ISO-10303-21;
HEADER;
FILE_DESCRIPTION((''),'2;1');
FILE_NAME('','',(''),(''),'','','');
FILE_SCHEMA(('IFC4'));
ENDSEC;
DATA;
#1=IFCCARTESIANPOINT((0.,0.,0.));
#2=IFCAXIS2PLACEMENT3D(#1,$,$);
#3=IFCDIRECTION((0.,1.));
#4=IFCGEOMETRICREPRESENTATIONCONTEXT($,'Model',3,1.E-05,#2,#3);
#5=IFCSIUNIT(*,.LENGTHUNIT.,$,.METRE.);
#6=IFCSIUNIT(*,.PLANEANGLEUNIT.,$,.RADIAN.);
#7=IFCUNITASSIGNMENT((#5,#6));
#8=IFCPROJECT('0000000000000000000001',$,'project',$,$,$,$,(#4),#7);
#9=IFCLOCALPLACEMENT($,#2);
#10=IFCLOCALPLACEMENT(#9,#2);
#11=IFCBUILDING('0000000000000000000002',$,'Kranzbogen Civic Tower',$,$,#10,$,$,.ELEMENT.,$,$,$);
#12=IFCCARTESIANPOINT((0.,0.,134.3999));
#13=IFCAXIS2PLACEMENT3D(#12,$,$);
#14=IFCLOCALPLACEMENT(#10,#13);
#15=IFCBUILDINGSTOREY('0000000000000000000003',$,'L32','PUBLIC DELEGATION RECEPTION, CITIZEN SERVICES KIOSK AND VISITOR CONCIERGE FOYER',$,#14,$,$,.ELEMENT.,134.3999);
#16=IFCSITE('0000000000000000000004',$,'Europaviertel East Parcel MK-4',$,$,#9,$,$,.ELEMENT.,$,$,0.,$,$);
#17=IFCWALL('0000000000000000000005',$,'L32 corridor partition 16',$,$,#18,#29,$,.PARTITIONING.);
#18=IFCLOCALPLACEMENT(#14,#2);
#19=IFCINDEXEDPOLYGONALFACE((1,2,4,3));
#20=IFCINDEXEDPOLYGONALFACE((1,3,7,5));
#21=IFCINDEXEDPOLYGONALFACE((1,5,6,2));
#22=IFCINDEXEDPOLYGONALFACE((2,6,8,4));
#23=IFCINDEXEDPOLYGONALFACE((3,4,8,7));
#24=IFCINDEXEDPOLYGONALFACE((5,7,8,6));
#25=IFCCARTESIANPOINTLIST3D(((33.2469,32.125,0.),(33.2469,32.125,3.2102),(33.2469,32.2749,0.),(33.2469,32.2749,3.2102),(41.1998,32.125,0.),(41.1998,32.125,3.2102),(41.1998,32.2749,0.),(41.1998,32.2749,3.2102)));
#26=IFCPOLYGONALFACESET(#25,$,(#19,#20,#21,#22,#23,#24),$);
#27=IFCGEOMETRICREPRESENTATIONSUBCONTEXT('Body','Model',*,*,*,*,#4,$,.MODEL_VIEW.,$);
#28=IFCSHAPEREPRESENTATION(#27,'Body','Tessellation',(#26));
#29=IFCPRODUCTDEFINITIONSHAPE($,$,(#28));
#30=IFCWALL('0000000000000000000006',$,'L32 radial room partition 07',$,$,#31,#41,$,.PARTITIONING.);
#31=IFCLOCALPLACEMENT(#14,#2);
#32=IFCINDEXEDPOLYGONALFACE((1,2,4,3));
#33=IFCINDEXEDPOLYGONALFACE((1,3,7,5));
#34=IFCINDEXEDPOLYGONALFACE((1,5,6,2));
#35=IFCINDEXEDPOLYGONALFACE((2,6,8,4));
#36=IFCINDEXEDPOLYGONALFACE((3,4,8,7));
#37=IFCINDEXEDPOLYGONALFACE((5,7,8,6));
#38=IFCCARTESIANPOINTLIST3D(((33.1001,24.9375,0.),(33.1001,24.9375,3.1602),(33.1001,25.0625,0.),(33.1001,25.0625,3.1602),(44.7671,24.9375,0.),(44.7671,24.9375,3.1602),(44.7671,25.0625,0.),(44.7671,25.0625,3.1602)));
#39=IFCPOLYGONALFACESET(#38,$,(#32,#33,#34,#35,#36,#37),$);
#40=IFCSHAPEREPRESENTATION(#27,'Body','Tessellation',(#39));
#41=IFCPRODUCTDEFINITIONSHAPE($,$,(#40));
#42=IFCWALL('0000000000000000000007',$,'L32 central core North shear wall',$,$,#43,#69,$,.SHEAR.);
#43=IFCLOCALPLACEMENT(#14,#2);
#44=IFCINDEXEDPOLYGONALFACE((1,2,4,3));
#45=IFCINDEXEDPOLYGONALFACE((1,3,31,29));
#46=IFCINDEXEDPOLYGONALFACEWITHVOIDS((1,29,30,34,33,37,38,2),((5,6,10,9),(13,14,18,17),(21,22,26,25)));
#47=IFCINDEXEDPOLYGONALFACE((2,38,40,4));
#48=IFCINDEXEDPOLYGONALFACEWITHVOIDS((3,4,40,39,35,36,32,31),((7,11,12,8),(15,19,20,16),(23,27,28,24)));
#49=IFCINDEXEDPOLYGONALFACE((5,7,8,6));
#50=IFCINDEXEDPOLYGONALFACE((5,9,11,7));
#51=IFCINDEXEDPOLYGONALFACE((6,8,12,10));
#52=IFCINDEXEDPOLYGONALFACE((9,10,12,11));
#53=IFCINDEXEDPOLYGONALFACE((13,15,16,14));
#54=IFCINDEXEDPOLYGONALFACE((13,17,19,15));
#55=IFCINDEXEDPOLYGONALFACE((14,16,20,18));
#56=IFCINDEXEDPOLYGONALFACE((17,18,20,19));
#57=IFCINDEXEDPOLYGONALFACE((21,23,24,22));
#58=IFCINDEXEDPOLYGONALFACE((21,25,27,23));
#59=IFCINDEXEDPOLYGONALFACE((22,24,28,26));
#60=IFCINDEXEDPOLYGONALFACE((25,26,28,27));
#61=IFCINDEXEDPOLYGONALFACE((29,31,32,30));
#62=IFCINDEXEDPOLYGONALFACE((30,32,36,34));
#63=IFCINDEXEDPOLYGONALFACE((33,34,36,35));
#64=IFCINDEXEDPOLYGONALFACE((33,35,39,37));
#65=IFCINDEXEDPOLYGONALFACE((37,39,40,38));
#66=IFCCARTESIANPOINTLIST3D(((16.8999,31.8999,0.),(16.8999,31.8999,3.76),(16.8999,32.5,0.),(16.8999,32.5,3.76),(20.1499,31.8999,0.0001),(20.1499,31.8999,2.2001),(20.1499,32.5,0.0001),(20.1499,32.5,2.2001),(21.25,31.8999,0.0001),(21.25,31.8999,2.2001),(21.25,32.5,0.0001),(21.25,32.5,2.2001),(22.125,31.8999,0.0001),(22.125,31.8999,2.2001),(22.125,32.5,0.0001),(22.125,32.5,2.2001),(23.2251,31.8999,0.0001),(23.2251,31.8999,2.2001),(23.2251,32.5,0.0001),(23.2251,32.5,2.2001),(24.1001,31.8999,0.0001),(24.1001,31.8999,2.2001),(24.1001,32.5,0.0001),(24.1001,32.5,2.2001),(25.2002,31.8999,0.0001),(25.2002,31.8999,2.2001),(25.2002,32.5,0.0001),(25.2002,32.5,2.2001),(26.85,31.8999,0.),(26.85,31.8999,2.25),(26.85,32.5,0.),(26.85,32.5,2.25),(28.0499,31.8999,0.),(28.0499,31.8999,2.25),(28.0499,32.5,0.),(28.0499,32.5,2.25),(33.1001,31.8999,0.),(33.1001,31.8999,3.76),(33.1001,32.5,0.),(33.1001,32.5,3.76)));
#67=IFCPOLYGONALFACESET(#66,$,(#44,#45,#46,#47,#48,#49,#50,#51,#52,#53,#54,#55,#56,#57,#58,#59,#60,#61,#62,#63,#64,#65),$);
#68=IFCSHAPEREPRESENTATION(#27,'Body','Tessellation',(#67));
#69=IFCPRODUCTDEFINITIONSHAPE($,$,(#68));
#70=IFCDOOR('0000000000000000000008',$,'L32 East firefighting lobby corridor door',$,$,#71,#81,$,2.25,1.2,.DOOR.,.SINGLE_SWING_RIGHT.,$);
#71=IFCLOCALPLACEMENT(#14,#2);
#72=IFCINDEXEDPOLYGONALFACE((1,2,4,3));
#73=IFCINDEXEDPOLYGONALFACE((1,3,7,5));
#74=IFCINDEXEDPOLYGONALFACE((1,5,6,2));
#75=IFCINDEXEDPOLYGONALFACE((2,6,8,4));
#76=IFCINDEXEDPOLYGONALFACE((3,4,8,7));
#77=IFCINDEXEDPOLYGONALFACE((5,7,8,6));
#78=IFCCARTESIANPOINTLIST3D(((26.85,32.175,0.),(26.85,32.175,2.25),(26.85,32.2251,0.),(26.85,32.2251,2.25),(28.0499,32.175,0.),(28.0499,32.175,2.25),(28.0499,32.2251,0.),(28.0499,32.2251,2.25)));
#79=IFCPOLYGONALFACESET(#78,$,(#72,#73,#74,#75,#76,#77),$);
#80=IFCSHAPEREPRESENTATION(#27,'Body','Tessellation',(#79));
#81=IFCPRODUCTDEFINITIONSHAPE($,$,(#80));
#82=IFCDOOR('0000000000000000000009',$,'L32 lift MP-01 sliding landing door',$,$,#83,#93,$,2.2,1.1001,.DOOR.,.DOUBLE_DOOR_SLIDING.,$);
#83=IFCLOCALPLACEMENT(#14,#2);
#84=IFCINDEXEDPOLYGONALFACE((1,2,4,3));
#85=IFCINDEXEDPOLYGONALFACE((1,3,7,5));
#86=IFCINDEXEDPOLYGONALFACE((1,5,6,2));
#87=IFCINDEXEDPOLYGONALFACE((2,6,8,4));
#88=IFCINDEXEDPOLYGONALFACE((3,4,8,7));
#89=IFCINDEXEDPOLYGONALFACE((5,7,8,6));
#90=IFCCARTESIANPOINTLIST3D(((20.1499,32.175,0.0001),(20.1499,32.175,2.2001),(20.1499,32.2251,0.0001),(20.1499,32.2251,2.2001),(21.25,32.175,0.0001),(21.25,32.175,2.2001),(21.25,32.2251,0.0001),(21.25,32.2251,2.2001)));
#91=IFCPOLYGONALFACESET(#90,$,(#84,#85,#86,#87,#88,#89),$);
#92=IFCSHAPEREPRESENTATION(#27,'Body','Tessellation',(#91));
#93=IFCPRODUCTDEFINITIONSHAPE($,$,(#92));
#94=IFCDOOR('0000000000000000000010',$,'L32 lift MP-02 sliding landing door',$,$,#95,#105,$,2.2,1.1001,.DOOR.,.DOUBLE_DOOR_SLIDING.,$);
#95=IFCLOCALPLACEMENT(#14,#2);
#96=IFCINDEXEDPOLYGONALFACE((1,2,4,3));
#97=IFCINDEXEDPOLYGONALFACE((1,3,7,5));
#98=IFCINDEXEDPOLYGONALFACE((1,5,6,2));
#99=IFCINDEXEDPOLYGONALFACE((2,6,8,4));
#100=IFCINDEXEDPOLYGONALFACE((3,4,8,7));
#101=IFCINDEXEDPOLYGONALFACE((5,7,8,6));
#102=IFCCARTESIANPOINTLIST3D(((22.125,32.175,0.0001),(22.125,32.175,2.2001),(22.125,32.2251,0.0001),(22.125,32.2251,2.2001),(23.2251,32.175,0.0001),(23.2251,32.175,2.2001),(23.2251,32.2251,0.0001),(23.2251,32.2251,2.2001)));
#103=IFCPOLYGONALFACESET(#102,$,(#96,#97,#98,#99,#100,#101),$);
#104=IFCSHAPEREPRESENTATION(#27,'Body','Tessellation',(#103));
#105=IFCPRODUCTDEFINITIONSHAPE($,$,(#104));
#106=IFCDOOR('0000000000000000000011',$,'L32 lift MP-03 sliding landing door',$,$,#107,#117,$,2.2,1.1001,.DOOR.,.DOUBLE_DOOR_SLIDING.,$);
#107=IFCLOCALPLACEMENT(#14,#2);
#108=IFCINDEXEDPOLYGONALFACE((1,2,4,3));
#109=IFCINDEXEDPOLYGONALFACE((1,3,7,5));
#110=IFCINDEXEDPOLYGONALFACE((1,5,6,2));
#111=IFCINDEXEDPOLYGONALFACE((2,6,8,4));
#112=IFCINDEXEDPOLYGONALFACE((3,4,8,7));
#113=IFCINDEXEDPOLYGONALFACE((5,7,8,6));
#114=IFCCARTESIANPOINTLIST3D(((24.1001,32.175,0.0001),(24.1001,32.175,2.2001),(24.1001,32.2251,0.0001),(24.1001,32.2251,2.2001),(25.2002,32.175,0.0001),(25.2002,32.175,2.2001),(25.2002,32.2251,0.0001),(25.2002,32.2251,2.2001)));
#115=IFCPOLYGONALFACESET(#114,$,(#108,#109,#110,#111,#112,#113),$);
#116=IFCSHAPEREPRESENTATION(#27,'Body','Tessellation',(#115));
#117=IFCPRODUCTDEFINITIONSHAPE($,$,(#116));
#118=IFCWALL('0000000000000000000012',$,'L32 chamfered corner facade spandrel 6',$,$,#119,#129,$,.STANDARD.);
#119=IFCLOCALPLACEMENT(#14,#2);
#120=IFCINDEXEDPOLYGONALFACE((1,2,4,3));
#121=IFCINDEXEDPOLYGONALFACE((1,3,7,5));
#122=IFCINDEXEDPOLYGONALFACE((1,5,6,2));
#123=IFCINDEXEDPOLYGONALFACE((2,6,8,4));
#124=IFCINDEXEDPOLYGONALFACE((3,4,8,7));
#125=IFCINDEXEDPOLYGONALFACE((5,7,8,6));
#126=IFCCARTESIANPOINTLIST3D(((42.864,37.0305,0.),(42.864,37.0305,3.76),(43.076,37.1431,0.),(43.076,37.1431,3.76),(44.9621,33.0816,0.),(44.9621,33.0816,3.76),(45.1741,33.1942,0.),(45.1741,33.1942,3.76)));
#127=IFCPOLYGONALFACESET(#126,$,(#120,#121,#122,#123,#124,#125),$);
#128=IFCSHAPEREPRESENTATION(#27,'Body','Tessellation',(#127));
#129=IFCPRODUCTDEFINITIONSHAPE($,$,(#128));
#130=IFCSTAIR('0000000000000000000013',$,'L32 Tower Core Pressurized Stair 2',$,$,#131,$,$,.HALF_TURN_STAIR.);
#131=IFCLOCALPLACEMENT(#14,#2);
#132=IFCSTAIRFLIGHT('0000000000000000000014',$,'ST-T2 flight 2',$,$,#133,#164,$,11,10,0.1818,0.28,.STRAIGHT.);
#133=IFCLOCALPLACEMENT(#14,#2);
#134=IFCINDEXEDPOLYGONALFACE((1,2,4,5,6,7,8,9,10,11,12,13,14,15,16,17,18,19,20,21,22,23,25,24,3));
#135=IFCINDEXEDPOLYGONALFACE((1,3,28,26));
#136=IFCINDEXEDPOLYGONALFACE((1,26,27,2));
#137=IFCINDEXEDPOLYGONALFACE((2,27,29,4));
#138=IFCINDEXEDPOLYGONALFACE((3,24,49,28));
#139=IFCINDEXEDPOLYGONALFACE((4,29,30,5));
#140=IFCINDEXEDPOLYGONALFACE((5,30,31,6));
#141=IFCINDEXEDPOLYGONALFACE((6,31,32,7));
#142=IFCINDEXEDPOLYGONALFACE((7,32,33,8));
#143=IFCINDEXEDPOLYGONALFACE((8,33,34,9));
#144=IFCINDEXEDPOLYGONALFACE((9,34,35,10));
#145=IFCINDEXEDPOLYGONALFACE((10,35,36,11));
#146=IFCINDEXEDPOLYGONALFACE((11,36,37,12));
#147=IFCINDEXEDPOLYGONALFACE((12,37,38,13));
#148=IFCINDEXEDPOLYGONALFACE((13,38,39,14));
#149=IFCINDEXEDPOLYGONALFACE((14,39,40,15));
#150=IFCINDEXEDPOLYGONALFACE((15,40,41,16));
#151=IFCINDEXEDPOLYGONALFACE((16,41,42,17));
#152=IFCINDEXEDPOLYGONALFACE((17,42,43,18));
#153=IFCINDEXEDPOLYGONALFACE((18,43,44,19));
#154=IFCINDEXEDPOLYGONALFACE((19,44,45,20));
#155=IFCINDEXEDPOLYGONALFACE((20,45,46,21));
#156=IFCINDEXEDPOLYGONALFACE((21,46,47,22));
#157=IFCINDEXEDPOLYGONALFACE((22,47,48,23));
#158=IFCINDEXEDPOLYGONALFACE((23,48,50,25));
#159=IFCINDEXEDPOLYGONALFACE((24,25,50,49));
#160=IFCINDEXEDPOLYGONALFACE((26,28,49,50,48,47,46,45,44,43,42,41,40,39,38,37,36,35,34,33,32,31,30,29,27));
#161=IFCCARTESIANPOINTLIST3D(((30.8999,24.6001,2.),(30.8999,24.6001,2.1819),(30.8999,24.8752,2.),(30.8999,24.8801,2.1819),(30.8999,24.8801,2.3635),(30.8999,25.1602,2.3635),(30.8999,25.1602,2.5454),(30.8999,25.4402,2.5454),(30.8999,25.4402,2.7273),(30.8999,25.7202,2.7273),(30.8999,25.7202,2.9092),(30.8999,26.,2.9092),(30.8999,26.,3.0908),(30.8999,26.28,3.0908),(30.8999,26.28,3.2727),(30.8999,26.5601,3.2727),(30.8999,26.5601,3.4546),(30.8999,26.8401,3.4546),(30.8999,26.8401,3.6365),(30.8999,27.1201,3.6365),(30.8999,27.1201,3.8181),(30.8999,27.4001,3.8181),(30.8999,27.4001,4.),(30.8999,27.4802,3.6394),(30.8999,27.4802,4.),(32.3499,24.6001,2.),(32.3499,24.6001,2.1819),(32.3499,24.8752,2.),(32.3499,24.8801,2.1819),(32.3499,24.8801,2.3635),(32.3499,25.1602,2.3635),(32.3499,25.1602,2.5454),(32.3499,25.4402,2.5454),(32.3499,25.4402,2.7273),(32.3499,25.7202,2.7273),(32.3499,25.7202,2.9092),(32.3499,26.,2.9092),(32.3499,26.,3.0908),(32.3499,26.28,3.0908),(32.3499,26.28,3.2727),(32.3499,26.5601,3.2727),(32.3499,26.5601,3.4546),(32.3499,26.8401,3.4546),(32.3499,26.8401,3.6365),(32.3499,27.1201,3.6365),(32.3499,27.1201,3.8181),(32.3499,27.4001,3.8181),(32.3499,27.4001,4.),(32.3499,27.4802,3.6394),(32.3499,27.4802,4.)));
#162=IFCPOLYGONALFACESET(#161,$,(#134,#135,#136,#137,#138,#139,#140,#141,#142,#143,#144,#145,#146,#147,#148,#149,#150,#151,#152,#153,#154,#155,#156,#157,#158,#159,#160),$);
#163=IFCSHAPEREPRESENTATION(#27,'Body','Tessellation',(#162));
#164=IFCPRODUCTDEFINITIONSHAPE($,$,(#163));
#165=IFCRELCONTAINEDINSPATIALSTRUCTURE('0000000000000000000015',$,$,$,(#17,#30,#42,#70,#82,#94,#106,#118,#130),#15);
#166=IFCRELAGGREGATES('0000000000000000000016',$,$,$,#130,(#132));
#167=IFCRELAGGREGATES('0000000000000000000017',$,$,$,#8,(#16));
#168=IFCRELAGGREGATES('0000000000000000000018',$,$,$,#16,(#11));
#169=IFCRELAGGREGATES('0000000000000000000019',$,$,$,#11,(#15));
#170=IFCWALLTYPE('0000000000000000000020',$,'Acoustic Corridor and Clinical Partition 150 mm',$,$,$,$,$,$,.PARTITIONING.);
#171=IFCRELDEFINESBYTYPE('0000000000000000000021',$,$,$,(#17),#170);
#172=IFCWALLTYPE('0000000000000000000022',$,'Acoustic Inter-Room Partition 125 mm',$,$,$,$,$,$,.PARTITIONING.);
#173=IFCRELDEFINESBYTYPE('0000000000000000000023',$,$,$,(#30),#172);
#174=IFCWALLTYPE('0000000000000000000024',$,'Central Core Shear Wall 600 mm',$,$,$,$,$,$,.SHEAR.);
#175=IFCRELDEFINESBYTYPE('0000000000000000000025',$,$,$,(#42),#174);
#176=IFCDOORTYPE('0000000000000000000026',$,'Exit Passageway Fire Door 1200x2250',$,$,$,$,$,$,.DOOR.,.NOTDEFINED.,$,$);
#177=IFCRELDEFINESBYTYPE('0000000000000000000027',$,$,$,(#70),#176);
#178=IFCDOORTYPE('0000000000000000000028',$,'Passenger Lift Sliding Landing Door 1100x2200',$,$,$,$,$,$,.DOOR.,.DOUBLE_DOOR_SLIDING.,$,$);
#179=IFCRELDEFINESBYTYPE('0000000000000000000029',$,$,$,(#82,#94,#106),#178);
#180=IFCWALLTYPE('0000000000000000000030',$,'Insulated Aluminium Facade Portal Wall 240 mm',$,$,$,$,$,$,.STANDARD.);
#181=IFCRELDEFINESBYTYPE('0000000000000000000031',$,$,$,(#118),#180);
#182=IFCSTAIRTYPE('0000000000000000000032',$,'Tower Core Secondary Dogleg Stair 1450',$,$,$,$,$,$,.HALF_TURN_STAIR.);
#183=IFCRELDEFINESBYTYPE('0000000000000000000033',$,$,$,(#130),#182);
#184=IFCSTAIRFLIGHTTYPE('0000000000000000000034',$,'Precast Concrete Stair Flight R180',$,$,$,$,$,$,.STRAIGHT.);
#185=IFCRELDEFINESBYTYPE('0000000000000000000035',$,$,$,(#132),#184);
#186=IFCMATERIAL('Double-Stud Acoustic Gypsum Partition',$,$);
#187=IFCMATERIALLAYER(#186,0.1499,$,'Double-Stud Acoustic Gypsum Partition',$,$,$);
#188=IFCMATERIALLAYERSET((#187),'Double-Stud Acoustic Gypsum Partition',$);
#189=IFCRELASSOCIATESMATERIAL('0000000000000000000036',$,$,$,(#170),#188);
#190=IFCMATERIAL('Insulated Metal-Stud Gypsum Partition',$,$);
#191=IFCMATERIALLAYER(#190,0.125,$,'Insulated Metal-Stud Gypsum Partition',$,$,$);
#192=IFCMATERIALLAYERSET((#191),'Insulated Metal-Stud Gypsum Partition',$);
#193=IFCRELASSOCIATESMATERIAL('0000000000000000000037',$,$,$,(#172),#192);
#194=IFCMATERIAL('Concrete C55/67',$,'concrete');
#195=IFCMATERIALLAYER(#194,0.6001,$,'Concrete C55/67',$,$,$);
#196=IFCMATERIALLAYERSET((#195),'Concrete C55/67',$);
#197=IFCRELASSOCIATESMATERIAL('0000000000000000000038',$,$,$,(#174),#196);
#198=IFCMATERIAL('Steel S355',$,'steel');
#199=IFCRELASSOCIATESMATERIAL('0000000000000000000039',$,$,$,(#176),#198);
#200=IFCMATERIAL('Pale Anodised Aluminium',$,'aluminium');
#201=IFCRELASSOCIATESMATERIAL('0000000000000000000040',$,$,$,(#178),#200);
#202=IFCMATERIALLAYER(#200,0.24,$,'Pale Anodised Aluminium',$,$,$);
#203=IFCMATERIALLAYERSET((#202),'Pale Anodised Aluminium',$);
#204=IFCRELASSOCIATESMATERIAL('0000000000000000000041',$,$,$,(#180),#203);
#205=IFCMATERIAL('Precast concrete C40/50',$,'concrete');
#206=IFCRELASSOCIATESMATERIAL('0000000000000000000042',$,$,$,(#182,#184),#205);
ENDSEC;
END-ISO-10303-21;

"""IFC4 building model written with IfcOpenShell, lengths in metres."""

from ifc_helpers import new_model, si_unit, direction, frame, frame_2d, origin, place, context, subcontext, project, spatial, polyline, rectangle, outline, extrude, material, layer, layer_set, type_object, element, fill, aggregate, save


model = new_model("IFC4")

# Units and contexts
model_context = context("Model", 3, precision=1e-05, world=origin(), true_north=direction((0.0, 1.0)))
body_context = subcontext(model_context, "Body", "Model", "MODEL_VIEW")
ifc_project = project(units=[si_unit("LENGTHUNIT", "METRE"), si_unit("PLANEANGLEUNIT", "RADIAN")], contexts=[model_context])

# Site, building, storey
site_placement = place(None, origin())
site = spatial("IfcSite", under=ifc_project, at=site_placement, Name="Europaviertel East Parcel MK-4", CompositionType="ELEMENT", RefElevation=0.0)
building_placement = place(site_placement, origin())
building = spatial("IfcBuilding", under=site, at=building_placement, Name="Kranzbogen Civic Tower", CompositionType="ELEMENT")
storey_placement = place(building_placement, frame((0.0, 0.0, 134.3999)))
storey = spatial("IfcBuildingStorey", under=building, at=storey_placement, Name="L32", Description="PUBLIC DELEGATION RECEPTION, CITIZEN SERVICES KIOSK AND VISITOR CONCIERGE FOYER", CompositionType="ELEMENT", Elevation=134.3999)

# Shared definitions
ifc_material_1 = material(Name="Pale Anodised Aluminium", Category="aluminium")

# Shared definitions
ifc_material_2 = material(Name="Steel S355", Category="steel")

# Walls
ifc_material_3 = material(Name="Double-Stud Acoustic Gypsum Partition")
ifc_layer_1 = layer(ifc_material_3, 0.1499, Name="Double-Stud Acoustic Gypsum Partition")
ifc_layer_set_1 = layer_set([ifc_layer_1], Name="Double-Stud Acoustic Gypsum Partition")
wall_type_1 = type_object("IfcWallType", Name="Acoustic Corridor and Clinical Partition 150 mm", PredefinedType="PARTITIONING", material=ifc_layer_set_1)
wall_1_placement = place(storey_placement, frame((41.2, 32.2, 0.0), z_axis=(0.0, 0.0, 1.0), x_axis=(-1.0, 0.0, 0.0)))
element("IfcWall", 1, at=wall_1_placement, inside=storey, type_object=wall_type_1, Name="L32 corridor partition 16", PredefinedType="PARTITIONING", context=body_context, shape_type="SweptSolid", body=[
    extrude(rectangle(XDim=7.9529, YDim=0.1499, at=frame_2d((3.9766, 0.0))), origin(), (0.0, 0.0, 1.0), 3.2102),
])
ifc_material_4 = material(Name="Insulated Metal-Stud Gypsum Partition")
ifc_layer_2 = layer(ifc_material_4, 0.125, Name="Insulated Metal-Stud Gypsum Partition")
ifc_layer_set_2 = layer_set([ifc_layer_2], Name="Insulated Metal-Stud Gypsum Partition")
wall_type_2 = type_object("IfcWallType", Name="Acoustic Inter-Room Partition 125 mm", PredefinedType="PARTITIONING", material=ifc_layer_set_2)
wall_2_placement = place(storey_placement, frame((33.1001, 25.0, 0.0), z_axis=(0.0, 0.0, 1.0), x_axis=(1.0, 0.0, 0.0)))
element("IfcWall", 2, at=wall_2_placement, inside=storey, type_object=wall_type_2, Name="L32 radial room partition 07", PredefinedType="PARTITIONING", context=body_context, shape_type="SweptSolid", body=[
    extrude(rectangle(XDim=11.667, YDim=0.125, at=frame_2d((5.8335, 0.0))), origin(), (0.0, 0.0, 1.0), 3.1602),
])

# Wall, openings, doors
ifc_material_5 = material(Name="Concrete C55/67", Category="concrete")
ifc_layer_3 = layer(ifc_material_5, 0.6001, Name="Concrete C55/67")
ifc_layer_set_3 = layer_set([ifc_layer_3], Name="Concrete C55/67")
wall_type_3 = type_object("IfcWallType", Name="Central Core Shear Wall 600 mm", PredefinedType="SHEAR", material=ifc_layer_set_3)
wall_3_placement = place(storey_placement, frame((33.1001, 32.2, 0.0), z_axis=(0.0, 0.0, 1.0), x_axis=(-1.0, 0.0, 0.0)))
wall_3 = element("IfcWall", 3, at=wall_3_placement, inside=storey, type_object=wall_type_3, Name="L32 central core North shear wall", PredefinedType="SHEAR", context=body_context, shape_type="SweptSolid", body=[
    extrude(rectangle(XDim=16.2002, YDim=0.6001, at=frame_2d((8.1001, 0.0))), origin(), (0.0, 0.0, 1.0), 3.76),
])
opening_1_placement = place(wall_3_placement, frame((5.05, 0.0, 0.0)))
opening_1 = element("IfcOpeningElement", 4, at=opening_1_placement, cuts=wall_3, PredefinedType="OPENING", context=body_context, shape_type="SweptSolid", body=[
    extrude(rectangle(XDim=1.2, YDim=2.25, at=frame_2d((0.6001, 1.125))), frame((0.0, 0.3101, 0.0), z_axis=(0.0, -1.0, 0.0), x_axis=(1.0, 0.0, 0.0)), (0.0, 0.0, 1.0), 0.6201),
])
opening_2_placement = place(wall_3_placement, frame((11.8501, 0.0, 0.0)))
opening_2 = element("IfcOpeningElement", 5, at=opening_2_placement, cuts=wall_3, PredefinedType="OPENING", context=body_context, shape_type="SweptSolid", body=[
    extrude(rectangle(XDim=1.1001, YDim=2.2, at=frame_2d((0.55, 1.1001))), frame((0.0, 0.3101, 0.0), z_axis=(0.0, -1.0, 0.0), x_axis=(1.0, 0.0, 0.0)), (0.0, 0.0, 1.0), 0.6201),
])
opening_3_placement = place(wall_3_placement, frame((9.875, 0.0, 0.0)))
opening_3 = element("IfcOpeningElement", 6, at=opening_3_placement, cuts=wall_3, PredefinedType="OPENING", context=body_context, shape_type="SweptSolid", body=[
    extrude(rectangle(XDim=1.1001, YDim=2.2, at=frame_2d((0.55, 1.1001))), frame((0.0, 0.3101, 0.0), z_axis=(0.0, -1.0, 0.0), x_axis=(1.0, 0.0, 0.0)), (0.0, 0.0, 1.0), 0.6201),
])
opening_4_placement = place(wall_3_placement, frame((7.8999, 0.0, 0.0)))
opening_4 = element("IfcOpeningElement", 7, at=opening_4_placement, cuts=wall_3, PredefinedType="OPENING", context=body_context, shape_type="SweptSolid", body=[
    extrude(rectangle(XDim=1.1001, YDim=2.2, at=frame_2d((0.55, 1.1001))), frame((0.0, 0.3101, 0.0), z_axis=(0.0, -1.0, 0.0), x_axis=(1.0, 0.0, 0.0)), (0.0, 0.0, 1.0), 0.6201),
])
door_type_1 = type_object("IfcDoorType", Name="Exit Passageway Fire Door 1200x2250", OperationType="NOTDEFINED", PredefinedType="DOOR", material=ifc_material_2)
door_1_placement = place(opening_1_placement, origin())
door_1 = element("IfcDoor", 8, at=door_1_placement, inside=storey, type_object=door_type_1, Name="L32 East firefighting lobby corridor door", OperationType="SINGLE_SWING_RIGHT", OverallHeight=2.25, OverallWidth=1.2, PredefinedType="DOOR", context=body_context, shape_type="SweptSolid", body=[
    extrude(rectangle(XDim=1.2, YDim=2.25, at=frame_2d((0.6001, 1.125))), frame((0.0, 0.0249, 0.0), z_axis=(0.0, -1.0, 0.0), x_axis=(1.0, 0.0, 0.0)), (0.0, 0.0, 1.0), 0.05),
])
fill(opening_1, door_1)
door_type_2 = type_object("IfcDoorType", Name="Passenger Lift Sliding Landing Door 1100x2200", OperationType="DOUBLE_DOOR_SLIDING", PredefinedType="DOOR", material=ifc_material_1)
door_2_placement = place(opening_2_placement, origin())
door_2 = element("IfcDoor", 9, at=door_2_placement, inside=storey, type_object=door_type_2, Name="L32 lift MP-01 sliding landing door", OperationType="DOUBLE_DOOR_SLIDING", OverallHeight=2.2, OverallWidth=1.1001, PredefinedType="DOOR", context=body_context, shape_type="SweptSolid", body=[
    extrude(rectangle(XDim=1.1001, YDim=2.2, at=frame_2d((0.55, 1.1001))), frame((0.0, 0.0249, 0.0), z_axis=(0.0, -1.0, 0.0), x_axis=(1.0, 0.0, 0.0)), (0.0, 0.0, 1.0), 0.05),
])
fill(opening_2, door_2)
door_3_placement = place(opening_3_placement, origin())
door_3 = element("IfcDoor", 10, at=door_3_placement, inside=storey, type_object=door_type_2, Name="L32 lift MP-02 sliding landing door", OperationType="DOUBLE_DOOR_SLIDING", OverallHeight=2.2, OverallWidth=1.1001, PredefinedType="DOOR", context=body_context, shape_type="SweptSolid", body=[
    extrude(rectangle(XDim=1.1001, YDim=2.2, at=frame_2d((0.55, 1.1001))), frame((0.0, 0.0249, 0.0), z_axis=(0.0, -1.0, 0.0), x_axis=(1.0, 0.0, 0.0)), (0.0, 0.0, 1.0), 0.05),
])
fill(opening_3, door_3)
door_4_placement = place(opening_4_placement, origin())
door_4 = element("IfcDoor", 11, at=door_4_placement, inside=storey, type_object=door_type_2, Name="L32 lift MP-03 sliding landing door", OperationType="DOUBLE_DOOR_SLIDING", OverallHeight=2.2, OverallWidth=1.1001, PredefinedType="DOOR", context=body_context, shape_type="SweptSolid", body=[
    extrude(rectangle(XDim=1.1001, YDim=2.2, at=frame_2d((0.55, 1.1001))), frame((0.0, 0.0249, 0.0), z_axis=(0.0, -1.0, 0.0), x_axis=(1.0, 0.0, 0.0)), (0.0, 0.0, 1.0), 0.05),
])
fill(opening_4, door_4)

# Wall
ifc_layer_4 = layer(ifc_material_1, 0.24, Name="Pale Anodised Aluminium")
ifc_layer_set_4 = layer_set([ifc_layer_4], Name="Pale Anodised Aluminium")
wall_type_4 = type_object("IfcWallType", Name="Insulated Aluminium Facade Portal Wall 240 mm", PredefinedType="STANDARD", material=ifc_layer_set_4)
wall_4_placement = place(storey_placement, frame((45.0681, 33.1379, 0.0), z_axis=(0.0, 0.0, 1.0), x_axis=(-0.469199, 0.883092, 0.0)))
element("IfcWall", 12, at=wall_4_placement, inside=storey, type_object=wall_type_4, Name="L32 chamfered corner facade spandrel 6", PredefinedType="STANDARD", context=body_context, shape_type="SweptSolid", body=[
    extrude(rectangle(XDim=4.4717, YDim=0.24, at=frame_2d((2.2358, 0.0))), origin(), (0.0, 0.0, 1.0), 3.76),
])

# Stair, stair flight
ifc_material_6 = material(Name="Precast concrete C40/50", Category="concrete")
stair_type = type_object("IfcStairType", Name="Tower Core Secondary Dogleg Stair 1450", PredefinedType="HALF_TURN_STAIR", material=ifc_material_6)
stair_placement = place(storey_placement, origin())
stair = element("IfcStair", 13, at=stair_placement, inside=storey, type_object=stair_type, Name="L32 Tower Core Pressurized Stair 2", PredefinedType="HALF_TURN_STAIR")
stair_flight_type = type_object("IfcStairFlightType", Name="Precast Concrete Stair Flight R180", PredefinedType="STRAIGHT", material=ifc_material_6)
stair_flight_placement = place(storey_placement, frame((31.625, 24.6001, 2.0), z_axis=(0.0, 0.0, 1.0), x_axis=(0.0, 1.0, 0.0)))
stair_flight = element("IfcStairFlight", 14, at=stair_flight_placement, type_object=stair_flight_type, Name="ST-T2 flight 2", NumberOfRisers=11, NumberOfTreads=10, PredefinedType="STRAIGHT", RiserHeight=0.1818, TreadLength=0.28, context=body_context, shape_type="SweptSolid", body=[
    extrude(outline(polyline([(0.0, 0.0), (0.0, 0.1819), (0.28, 0.1819), (0.28, 0.3635), (0.5601, 0.3635), (0.5601, 0.5454), (0.8401, 0.5454), (0.8401, 0.7273), (1.1201, 0.7273), (1.1201, 0.9092), (1.3999, 0.9092), (1.3999, 1.0908), (1.6799, 1.0908), (1.6799, 1.2727), (1.96, 1.2727), (1.96, 1.4546), (2.24, 1.4546), (2.24, 1.6365), (2.52, 1.6365), (2.52, 1.8181), (2.8, 1.8181), (2.8, 2.0), (2.8801, 2.0), (2.8801, 1.6394), (0.2751, 0.0), (0.0, 0.0)])), frame((0.0, 0.7251, 0.0), z_axis=(0.0, -1.0, 0.0), x_axis=(1.0, 0.0, 0.0)), (0.0, 0.0, 1.0), 1.45),
])
aggregate(stair, [stair_flight])

save(model, "model.ifc")
